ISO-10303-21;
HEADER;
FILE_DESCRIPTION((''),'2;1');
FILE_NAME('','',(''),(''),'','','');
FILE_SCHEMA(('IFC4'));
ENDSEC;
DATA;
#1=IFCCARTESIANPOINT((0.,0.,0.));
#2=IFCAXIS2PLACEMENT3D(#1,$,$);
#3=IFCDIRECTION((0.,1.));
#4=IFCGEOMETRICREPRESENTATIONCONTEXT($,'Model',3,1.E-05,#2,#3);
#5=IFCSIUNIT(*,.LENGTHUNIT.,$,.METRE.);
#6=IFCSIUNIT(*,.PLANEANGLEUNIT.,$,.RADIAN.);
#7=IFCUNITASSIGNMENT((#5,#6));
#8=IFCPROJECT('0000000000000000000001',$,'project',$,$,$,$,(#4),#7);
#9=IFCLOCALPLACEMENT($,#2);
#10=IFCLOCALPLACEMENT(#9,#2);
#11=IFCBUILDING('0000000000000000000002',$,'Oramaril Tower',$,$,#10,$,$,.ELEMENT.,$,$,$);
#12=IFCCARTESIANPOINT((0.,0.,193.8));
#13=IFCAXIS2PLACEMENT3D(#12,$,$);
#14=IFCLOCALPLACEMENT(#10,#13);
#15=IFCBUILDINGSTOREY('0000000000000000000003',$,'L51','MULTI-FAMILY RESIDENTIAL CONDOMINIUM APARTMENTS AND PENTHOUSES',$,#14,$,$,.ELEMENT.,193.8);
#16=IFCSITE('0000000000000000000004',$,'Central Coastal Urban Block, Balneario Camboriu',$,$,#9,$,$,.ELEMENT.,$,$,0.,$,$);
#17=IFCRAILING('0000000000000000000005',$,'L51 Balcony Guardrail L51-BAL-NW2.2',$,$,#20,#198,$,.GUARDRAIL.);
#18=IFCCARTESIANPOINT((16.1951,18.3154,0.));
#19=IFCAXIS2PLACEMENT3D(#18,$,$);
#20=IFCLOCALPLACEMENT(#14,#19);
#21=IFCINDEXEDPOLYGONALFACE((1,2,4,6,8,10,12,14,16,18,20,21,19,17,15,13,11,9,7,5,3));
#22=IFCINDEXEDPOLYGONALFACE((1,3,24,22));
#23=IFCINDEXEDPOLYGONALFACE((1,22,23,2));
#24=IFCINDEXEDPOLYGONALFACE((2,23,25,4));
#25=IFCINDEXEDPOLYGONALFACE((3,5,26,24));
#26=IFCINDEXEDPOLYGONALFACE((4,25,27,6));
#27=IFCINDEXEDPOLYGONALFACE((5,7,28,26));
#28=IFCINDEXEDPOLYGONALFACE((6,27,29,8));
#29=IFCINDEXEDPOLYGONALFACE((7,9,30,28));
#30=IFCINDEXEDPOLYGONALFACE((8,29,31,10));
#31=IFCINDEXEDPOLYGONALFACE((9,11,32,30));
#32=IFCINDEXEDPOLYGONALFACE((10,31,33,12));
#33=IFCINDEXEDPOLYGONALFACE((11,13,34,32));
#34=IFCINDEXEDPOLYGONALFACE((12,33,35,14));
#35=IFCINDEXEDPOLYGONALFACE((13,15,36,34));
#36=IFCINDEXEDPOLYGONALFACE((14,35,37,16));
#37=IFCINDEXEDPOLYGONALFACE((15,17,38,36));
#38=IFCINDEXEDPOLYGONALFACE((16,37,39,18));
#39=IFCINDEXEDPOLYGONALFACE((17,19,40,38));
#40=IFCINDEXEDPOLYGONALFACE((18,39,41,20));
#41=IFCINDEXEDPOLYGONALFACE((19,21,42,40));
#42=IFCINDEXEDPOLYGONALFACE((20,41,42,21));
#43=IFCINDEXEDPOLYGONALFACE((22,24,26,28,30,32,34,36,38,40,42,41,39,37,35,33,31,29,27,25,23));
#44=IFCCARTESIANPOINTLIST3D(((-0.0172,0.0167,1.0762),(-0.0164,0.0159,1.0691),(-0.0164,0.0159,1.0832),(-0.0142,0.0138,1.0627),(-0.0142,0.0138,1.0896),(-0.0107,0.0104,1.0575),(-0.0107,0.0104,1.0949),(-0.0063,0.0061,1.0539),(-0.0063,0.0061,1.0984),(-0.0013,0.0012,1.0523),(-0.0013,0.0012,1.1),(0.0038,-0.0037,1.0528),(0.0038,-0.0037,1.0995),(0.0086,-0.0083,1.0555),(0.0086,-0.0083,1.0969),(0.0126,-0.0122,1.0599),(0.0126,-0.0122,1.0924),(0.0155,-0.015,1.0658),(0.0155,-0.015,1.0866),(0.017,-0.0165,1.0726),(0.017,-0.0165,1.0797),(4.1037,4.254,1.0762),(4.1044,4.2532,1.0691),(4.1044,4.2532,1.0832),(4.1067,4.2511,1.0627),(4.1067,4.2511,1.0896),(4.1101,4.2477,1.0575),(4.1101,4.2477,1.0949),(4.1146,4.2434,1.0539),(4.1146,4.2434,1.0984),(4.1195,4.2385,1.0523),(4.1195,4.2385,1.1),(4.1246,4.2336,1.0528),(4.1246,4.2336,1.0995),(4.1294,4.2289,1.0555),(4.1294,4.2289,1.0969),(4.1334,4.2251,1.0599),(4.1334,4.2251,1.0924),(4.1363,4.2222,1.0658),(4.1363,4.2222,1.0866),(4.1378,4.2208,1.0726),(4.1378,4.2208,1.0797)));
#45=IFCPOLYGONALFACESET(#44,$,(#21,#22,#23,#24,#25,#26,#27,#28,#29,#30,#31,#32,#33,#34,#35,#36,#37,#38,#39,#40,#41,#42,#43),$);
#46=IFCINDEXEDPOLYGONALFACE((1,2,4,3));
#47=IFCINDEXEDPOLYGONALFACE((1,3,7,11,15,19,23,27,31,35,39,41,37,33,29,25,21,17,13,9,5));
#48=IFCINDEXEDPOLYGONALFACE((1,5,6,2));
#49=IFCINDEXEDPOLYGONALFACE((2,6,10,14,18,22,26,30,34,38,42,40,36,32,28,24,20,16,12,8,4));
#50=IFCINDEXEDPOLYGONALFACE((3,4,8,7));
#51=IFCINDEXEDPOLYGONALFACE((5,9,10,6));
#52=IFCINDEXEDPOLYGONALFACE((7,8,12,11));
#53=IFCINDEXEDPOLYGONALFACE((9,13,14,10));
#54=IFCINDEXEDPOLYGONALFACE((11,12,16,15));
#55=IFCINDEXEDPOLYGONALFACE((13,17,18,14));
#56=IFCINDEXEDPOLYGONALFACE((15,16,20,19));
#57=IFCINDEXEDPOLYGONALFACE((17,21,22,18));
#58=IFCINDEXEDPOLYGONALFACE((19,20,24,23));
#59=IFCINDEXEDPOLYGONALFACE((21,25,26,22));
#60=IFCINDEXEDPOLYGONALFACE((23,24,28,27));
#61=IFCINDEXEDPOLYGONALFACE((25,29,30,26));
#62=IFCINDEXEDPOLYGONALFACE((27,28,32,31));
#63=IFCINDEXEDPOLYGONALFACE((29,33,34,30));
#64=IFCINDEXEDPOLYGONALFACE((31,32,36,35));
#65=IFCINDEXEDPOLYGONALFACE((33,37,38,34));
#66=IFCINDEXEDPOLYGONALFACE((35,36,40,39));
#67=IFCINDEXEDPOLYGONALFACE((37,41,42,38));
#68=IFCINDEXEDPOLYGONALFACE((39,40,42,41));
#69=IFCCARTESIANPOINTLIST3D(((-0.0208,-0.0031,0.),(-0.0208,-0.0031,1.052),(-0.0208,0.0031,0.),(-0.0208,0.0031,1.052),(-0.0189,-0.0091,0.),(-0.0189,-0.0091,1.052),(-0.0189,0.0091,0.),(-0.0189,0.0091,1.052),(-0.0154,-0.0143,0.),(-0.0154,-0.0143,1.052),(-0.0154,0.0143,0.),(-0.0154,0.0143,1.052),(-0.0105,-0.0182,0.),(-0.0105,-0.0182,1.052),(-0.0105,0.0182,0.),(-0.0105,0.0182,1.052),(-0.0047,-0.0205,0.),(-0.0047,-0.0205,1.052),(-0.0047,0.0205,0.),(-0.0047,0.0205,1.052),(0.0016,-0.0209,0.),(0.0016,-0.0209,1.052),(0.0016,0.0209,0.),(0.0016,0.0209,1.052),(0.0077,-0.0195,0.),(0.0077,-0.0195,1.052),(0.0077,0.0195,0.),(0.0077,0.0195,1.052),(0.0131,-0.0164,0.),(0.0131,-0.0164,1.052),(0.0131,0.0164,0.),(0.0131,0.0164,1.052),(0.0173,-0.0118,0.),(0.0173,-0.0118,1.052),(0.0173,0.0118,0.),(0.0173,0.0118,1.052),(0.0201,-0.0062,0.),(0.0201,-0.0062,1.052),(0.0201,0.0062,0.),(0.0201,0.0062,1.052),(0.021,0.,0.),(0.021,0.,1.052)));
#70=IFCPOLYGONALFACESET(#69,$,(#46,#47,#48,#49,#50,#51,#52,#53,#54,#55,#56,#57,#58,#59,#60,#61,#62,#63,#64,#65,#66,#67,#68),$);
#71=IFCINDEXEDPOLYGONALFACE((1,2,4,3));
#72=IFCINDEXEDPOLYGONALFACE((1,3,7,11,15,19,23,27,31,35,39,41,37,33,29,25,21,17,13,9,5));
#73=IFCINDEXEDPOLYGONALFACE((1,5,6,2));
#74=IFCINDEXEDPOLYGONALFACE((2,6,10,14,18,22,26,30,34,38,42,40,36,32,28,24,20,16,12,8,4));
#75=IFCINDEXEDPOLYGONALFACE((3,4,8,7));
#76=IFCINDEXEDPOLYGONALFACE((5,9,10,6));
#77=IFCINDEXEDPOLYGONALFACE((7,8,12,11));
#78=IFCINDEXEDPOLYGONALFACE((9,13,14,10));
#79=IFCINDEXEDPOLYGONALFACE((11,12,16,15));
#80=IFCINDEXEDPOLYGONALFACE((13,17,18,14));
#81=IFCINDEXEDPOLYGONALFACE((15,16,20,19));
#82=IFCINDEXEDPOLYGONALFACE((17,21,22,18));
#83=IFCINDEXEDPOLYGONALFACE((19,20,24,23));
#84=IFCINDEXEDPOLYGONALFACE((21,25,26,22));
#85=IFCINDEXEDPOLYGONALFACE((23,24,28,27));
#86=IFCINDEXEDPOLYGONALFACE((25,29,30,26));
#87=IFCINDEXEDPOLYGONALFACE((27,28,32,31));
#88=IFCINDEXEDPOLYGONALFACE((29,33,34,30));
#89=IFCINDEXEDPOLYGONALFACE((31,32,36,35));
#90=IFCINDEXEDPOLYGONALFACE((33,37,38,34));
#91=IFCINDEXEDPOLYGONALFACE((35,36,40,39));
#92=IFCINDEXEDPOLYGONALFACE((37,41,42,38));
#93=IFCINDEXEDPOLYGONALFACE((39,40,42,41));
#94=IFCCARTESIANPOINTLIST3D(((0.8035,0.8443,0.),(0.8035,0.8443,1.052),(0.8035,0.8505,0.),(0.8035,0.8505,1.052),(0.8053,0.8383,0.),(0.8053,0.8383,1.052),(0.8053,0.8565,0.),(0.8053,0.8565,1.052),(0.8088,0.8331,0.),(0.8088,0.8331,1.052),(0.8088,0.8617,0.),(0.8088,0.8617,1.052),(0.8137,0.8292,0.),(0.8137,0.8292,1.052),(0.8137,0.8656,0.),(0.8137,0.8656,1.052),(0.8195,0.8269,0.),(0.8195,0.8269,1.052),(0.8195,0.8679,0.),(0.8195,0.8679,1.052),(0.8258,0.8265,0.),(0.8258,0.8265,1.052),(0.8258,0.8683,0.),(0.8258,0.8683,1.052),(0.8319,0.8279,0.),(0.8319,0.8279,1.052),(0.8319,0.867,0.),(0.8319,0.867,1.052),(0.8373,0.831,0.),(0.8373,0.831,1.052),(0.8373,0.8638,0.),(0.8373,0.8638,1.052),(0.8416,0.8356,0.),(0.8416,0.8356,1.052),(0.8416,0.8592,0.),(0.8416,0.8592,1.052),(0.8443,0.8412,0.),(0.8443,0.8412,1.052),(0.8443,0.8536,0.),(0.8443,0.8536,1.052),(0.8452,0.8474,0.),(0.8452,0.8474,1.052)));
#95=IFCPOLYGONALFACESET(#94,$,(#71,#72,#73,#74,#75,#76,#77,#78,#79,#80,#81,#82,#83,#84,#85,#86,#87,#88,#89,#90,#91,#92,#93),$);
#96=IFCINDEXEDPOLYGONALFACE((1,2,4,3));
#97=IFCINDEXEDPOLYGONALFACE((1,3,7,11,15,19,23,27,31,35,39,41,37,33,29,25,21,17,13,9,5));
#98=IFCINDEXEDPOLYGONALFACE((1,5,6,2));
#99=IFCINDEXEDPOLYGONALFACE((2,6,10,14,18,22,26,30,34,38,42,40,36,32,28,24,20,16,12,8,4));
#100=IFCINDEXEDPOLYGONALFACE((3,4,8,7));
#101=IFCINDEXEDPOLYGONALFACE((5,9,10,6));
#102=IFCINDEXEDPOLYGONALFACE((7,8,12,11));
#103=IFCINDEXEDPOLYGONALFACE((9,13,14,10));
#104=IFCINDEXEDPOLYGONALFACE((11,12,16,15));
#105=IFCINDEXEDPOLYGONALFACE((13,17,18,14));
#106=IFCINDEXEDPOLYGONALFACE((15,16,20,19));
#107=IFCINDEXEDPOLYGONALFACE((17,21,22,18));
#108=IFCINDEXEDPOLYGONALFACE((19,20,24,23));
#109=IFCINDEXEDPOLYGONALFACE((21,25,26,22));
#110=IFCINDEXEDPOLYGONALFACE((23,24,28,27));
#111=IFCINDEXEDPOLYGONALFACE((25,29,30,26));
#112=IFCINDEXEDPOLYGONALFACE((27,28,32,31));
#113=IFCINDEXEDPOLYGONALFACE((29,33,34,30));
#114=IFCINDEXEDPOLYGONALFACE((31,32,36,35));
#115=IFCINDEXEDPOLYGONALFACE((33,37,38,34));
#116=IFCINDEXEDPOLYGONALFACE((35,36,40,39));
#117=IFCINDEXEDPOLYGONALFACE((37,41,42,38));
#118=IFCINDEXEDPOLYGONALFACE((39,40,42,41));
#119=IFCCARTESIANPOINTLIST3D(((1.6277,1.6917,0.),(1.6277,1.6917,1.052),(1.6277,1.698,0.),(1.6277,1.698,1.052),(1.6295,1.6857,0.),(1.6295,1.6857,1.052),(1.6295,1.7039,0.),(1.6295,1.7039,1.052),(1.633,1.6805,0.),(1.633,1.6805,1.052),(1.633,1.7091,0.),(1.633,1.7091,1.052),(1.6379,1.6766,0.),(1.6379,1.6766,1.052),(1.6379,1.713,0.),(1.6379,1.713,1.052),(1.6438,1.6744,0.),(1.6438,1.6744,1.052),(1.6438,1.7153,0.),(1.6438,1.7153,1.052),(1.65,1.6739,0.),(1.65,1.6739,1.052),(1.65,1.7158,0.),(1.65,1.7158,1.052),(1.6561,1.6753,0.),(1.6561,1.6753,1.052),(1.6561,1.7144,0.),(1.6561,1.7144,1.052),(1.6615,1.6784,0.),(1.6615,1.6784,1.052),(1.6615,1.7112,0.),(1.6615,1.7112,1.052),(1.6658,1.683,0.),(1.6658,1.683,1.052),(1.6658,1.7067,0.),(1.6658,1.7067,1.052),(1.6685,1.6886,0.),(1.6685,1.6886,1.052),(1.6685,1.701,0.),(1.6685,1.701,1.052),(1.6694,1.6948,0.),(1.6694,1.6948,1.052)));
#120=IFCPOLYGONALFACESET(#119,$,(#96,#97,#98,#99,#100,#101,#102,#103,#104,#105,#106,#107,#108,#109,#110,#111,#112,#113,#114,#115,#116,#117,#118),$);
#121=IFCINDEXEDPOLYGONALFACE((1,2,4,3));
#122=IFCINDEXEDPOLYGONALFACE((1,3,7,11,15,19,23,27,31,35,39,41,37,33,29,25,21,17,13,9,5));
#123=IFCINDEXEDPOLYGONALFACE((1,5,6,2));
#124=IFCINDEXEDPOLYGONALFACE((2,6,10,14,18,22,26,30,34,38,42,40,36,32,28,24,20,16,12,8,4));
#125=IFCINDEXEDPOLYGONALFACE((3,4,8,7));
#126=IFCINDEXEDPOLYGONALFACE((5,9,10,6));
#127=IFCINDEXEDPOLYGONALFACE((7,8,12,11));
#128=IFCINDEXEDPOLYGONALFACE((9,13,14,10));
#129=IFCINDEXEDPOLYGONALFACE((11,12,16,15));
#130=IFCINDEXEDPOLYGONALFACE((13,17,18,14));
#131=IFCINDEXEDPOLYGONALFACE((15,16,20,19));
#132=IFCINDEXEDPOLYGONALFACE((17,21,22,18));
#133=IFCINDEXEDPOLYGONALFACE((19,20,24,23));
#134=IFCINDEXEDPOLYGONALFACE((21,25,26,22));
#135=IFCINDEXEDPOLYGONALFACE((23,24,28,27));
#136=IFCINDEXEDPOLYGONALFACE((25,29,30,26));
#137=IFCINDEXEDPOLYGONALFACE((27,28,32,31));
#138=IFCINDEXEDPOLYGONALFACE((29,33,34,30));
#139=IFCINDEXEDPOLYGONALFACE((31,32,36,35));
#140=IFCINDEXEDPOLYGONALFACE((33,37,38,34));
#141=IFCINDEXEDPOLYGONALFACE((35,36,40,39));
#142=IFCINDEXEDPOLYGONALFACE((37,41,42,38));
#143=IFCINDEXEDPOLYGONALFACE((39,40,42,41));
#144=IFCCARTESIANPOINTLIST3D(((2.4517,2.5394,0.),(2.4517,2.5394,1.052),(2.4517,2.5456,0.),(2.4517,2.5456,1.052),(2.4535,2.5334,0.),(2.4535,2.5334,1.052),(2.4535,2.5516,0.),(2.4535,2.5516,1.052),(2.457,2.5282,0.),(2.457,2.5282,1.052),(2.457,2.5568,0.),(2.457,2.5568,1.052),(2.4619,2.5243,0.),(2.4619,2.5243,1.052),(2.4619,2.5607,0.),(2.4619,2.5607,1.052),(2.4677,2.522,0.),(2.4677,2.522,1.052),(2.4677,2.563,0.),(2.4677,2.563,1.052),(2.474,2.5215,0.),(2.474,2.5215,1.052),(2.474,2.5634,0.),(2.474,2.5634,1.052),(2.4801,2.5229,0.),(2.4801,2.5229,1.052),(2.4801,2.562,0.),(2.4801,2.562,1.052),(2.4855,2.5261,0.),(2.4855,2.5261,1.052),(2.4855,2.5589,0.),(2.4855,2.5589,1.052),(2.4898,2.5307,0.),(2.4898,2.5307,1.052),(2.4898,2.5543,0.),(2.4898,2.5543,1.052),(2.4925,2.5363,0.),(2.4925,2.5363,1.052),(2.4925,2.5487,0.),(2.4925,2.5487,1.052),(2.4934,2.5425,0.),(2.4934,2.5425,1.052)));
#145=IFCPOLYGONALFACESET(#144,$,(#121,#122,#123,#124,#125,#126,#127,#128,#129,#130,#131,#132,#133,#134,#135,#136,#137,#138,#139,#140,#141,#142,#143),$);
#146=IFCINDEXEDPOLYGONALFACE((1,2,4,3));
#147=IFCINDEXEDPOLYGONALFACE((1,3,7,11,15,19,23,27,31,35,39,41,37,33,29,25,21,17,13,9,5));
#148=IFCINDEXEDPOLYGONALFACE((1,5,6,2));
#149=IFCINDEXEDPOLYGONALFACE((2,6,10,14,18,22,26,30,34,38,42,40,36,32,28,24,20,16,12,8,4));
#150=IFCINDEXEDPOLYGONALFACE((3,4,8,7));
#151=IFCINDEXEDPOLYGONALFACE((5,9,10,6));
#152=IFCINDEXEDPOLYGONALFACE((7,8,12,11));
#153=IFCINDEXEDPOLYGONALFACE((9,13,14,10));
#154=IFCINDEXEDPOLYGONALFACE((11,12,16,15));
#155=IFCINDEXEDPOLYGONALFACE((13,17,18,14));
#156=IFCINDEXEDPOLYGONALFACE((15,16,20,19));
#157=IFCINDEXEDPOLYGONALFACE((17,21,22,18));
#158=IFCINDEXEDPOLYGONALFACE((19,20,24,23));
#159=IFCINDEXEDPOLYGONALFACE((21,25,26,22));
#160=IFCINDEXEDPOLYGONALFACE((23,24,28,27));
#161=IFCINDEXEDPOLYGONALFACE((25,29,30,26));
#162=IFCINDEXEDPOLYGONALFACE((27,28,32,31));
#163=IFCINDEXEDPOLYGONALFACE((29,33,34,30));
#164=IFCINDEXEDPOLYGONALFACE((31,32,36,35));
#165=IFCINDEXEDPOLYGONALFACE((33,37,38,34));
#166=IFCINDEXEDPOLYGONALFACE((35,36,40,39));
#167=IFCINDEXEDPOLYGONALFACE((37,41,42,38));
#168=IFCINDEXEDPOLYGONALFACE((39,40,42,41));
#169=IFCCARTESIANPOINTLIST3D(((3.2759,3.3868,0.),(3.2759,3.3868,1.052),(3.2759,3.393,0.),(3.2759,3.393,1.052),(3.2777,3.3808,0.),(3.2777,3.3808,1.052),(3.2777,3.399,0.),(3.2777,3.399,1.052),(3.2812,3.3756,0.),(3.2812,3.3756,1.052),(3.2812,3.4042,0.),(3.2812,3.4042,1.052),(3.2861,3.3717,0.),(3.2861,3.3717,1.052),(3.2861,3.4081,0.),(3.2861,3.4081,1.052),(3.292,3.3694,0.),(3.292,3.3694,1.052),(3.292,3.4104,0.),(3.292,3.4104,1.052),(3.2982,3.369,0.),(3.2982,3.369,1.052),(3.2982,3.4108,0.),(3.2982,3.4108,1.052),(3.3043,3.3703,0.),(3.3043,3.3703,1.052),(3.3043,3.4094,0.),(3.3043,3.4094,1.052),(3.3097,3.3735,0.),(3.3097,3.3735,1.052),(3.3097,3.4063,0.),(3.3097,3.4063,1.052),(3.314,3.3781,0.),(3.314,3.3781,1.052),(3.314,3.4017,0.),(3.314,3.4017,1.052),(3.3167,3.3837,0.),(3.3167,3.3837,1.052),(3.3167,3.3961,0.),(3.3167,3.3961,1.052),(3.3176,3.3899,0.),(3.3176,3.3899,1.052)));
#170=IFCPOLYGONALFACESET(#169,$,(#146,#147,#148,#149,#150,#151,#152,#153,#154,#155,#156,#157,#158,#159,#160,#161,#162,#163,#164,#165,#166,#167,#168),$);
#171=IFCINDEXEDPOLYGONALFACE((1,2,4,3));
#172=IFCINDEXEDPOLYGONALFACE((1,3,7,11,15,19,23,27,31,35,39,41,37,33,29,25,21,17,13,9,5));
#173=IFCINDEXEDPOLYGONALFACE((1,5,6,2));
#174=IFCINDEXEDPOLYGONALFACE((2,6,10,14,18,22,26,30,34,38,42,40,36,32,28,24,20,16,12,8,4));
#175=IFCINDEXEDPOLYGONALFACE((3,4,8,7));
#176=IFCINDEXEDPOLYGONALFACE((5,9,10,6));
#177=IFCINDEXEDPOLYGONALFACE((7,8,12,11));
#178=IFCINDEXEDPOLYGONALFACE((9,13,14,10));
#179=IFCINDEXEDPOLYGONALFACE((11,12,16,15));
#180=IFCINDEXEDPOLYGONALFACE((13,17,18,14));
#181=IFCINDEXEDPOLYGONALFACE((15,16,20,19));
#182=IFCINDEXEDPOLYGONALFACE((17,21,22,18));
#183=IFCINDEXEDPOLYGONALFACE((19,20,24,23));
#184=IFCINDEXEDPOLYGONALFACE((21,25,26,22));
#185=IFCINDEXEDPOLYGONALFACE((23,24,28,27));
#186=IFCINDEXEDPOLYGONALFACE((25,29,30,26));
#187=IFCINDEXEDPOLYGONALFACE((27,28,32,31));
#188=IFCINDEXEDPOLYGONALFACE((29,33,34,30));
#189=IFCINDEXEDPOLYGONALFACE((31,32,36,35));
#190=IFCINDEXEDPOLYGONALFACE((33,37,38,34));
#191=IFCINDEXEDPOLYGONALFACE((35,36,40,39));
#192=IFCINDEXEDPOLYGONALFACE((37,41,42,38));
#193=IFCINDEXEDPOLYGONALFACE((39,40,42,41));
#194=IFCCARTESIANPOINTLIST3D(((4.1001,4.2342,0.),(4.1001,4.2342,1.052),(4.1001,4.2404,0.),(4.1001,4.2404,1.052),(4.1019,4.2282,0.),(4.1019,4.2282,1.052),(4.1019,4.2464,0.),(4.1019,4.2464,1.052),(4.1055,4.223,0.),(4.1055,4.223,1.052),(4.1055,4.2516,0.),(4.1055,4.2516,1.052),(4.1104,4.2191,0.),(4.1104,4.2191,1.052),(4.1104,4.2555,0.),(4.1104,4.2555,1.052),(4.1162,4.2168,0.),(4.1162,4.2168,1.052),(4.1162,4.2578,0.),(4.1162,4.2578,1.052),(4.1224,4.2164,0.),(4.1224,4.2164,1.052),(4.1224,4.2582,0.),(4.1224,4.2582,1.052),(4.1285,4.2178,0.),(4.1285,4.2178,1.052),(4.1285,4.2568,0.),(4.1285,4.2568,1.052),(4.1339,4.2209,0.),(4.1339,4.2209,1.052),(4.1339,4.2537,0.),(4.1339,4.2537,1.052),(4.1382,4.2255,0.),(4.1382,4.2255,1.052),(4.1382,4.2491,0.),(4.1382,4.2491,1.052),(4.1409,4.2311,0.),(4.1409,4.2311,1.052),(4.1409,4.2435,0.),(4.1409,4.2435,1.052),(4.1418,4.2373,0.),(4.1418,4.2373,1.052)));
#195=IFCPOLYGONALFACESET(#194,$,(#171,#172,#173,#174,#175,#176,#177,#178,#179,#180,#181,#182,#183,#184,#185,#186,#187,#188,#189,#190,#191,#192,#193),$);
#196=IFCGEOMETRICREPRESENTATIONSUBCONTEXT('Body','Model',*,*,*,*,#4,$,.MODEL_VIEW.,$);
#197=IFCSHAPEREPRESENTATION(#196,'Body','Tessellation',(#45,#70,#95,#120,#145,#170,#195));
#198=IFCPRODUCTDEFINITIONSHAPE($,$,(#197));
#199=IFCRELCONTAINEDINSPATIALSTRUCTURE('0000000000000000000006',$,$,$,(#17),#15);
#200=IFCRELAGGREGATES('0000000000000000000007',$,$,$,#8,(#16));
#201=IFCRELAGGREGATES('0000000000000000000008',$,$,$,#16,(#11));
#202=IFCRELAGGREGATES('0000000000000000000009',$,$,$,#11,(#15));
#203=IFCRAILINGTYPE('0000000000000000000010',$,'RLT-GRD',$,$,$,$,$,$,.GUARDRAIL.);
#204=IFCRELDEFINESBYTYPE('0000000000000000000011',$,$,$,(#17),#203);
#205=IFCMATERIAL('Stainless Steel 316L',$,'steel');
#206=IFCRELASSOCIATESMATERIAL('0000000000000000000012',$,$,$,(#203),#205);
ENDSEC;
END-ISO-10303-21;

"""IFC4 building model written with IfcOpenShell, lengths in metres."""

from ifc_helpers import new_model, si_unit, direction, frame, origin, origin_2d, place, context, subcontext, project, spatial, circle, extrude, material, type_object, element, save


model = new_model("IFC4")

# Units and contexts
model_context = context("Model", 3, precision=1e-05, world=origin(), true_north=direction((0.0, 1.0)))
body_context = subcontext(model_context, "Body", "Model", "MODEL_VIEW")
ifc_project = project(units=[si_unit("LENGTHUNIT", "METRE"), si_unit("PLANEANGLEUNIT", "RADIAN")], contexts=[model_context])

# Site, building, storey
site_placement = place(None, origin())
site = spatial("IfcSite", under=ifc_project, at=site_placement, Name="Central Coastal Urban Block, Balneario Camboriu", CompositionType="ELEMENT", RefElevation=0.0)
building_placement = place(site_placement, origin())
building = spatial("IfcBuilding", under=site, at=building_placement, Name="Oramaril Tower", CompositionType="ELEMENT")
storey_placement = place(building_placement, frame((0.0, 0.0, 193.8)))
storey = spatial("IfcBuildingStorey", under=building, at=storey_placement, Name="L51", Description="MULTI-FAMILY RESIDENTIAL CONDOMINIUM APARTMENTS AND PENTHOUSES", CompositionType="ELEMENT", Elevation=193.8)

# Railing
ifc_material_1 = material(Name="Stainless Steel 316L", Category="steel")
railing_type = type_object("IfcRailingType", Name="RLT-GRD", PredefinedType="GUARDRAIL", material=ifc_material_1)
railing_1_placement = place(storey_placement, frame((16.1951, 18.3154, 0.0)))
element("IfcRailing", 1, at=railing_1_placement, inside=storey, type_object=railing_type, Name="L51 Balcony Guardrail L51-BAL-NW2.2", PredefinedType="GUARDRAIL", context=body_context, shape_type="SweptSolid", body=[
    extrude(circle(Radius=0.0239, at=origin_2d()), frame((0.0, 0.0, 1.0762), z_axis=(0.697187, 0.716889, 0.0), x_axis=(-0.716889, 0.697187, 0.0)), (0.0, 0.0, 1.0), 5.9106),
    extrude(circle(Radius=0.021, at=origin_2d()), origin(), (0.0, 0.0, 1.0), 1.052),
    extrude(circle(Radius=0.021, at=origin_2d()), frame((0.8242, 0.8474, 0.0)), (0.0, 0.0, 1.0), 1.052),
    extrude(circle(Radius=0.021, at=origin_2d()), frame((1.6484, 1.6948, 0.0)), (0.0, 0.0, 1.0), 1.052),
    extrude(circle(Radius=0.021, at=origin_2d()), frame((2.4724, 2.5425, 0.0)), (0.0, 0.0, 1.0), 1.052),
    extrude(circle(Radius=0.021, at=origin_2d()), frame((3.2966, 3.3899, 0.0)), (0.0, 0.0, 1.0), 1.052),
    extrude(circle(Radius=0.021, at=origin_2d()), frame((4.1208, 4.2373, 0.0)), (0.0, 0.0, 1.0), 1.052),
])

save(model, "model.ifc")
